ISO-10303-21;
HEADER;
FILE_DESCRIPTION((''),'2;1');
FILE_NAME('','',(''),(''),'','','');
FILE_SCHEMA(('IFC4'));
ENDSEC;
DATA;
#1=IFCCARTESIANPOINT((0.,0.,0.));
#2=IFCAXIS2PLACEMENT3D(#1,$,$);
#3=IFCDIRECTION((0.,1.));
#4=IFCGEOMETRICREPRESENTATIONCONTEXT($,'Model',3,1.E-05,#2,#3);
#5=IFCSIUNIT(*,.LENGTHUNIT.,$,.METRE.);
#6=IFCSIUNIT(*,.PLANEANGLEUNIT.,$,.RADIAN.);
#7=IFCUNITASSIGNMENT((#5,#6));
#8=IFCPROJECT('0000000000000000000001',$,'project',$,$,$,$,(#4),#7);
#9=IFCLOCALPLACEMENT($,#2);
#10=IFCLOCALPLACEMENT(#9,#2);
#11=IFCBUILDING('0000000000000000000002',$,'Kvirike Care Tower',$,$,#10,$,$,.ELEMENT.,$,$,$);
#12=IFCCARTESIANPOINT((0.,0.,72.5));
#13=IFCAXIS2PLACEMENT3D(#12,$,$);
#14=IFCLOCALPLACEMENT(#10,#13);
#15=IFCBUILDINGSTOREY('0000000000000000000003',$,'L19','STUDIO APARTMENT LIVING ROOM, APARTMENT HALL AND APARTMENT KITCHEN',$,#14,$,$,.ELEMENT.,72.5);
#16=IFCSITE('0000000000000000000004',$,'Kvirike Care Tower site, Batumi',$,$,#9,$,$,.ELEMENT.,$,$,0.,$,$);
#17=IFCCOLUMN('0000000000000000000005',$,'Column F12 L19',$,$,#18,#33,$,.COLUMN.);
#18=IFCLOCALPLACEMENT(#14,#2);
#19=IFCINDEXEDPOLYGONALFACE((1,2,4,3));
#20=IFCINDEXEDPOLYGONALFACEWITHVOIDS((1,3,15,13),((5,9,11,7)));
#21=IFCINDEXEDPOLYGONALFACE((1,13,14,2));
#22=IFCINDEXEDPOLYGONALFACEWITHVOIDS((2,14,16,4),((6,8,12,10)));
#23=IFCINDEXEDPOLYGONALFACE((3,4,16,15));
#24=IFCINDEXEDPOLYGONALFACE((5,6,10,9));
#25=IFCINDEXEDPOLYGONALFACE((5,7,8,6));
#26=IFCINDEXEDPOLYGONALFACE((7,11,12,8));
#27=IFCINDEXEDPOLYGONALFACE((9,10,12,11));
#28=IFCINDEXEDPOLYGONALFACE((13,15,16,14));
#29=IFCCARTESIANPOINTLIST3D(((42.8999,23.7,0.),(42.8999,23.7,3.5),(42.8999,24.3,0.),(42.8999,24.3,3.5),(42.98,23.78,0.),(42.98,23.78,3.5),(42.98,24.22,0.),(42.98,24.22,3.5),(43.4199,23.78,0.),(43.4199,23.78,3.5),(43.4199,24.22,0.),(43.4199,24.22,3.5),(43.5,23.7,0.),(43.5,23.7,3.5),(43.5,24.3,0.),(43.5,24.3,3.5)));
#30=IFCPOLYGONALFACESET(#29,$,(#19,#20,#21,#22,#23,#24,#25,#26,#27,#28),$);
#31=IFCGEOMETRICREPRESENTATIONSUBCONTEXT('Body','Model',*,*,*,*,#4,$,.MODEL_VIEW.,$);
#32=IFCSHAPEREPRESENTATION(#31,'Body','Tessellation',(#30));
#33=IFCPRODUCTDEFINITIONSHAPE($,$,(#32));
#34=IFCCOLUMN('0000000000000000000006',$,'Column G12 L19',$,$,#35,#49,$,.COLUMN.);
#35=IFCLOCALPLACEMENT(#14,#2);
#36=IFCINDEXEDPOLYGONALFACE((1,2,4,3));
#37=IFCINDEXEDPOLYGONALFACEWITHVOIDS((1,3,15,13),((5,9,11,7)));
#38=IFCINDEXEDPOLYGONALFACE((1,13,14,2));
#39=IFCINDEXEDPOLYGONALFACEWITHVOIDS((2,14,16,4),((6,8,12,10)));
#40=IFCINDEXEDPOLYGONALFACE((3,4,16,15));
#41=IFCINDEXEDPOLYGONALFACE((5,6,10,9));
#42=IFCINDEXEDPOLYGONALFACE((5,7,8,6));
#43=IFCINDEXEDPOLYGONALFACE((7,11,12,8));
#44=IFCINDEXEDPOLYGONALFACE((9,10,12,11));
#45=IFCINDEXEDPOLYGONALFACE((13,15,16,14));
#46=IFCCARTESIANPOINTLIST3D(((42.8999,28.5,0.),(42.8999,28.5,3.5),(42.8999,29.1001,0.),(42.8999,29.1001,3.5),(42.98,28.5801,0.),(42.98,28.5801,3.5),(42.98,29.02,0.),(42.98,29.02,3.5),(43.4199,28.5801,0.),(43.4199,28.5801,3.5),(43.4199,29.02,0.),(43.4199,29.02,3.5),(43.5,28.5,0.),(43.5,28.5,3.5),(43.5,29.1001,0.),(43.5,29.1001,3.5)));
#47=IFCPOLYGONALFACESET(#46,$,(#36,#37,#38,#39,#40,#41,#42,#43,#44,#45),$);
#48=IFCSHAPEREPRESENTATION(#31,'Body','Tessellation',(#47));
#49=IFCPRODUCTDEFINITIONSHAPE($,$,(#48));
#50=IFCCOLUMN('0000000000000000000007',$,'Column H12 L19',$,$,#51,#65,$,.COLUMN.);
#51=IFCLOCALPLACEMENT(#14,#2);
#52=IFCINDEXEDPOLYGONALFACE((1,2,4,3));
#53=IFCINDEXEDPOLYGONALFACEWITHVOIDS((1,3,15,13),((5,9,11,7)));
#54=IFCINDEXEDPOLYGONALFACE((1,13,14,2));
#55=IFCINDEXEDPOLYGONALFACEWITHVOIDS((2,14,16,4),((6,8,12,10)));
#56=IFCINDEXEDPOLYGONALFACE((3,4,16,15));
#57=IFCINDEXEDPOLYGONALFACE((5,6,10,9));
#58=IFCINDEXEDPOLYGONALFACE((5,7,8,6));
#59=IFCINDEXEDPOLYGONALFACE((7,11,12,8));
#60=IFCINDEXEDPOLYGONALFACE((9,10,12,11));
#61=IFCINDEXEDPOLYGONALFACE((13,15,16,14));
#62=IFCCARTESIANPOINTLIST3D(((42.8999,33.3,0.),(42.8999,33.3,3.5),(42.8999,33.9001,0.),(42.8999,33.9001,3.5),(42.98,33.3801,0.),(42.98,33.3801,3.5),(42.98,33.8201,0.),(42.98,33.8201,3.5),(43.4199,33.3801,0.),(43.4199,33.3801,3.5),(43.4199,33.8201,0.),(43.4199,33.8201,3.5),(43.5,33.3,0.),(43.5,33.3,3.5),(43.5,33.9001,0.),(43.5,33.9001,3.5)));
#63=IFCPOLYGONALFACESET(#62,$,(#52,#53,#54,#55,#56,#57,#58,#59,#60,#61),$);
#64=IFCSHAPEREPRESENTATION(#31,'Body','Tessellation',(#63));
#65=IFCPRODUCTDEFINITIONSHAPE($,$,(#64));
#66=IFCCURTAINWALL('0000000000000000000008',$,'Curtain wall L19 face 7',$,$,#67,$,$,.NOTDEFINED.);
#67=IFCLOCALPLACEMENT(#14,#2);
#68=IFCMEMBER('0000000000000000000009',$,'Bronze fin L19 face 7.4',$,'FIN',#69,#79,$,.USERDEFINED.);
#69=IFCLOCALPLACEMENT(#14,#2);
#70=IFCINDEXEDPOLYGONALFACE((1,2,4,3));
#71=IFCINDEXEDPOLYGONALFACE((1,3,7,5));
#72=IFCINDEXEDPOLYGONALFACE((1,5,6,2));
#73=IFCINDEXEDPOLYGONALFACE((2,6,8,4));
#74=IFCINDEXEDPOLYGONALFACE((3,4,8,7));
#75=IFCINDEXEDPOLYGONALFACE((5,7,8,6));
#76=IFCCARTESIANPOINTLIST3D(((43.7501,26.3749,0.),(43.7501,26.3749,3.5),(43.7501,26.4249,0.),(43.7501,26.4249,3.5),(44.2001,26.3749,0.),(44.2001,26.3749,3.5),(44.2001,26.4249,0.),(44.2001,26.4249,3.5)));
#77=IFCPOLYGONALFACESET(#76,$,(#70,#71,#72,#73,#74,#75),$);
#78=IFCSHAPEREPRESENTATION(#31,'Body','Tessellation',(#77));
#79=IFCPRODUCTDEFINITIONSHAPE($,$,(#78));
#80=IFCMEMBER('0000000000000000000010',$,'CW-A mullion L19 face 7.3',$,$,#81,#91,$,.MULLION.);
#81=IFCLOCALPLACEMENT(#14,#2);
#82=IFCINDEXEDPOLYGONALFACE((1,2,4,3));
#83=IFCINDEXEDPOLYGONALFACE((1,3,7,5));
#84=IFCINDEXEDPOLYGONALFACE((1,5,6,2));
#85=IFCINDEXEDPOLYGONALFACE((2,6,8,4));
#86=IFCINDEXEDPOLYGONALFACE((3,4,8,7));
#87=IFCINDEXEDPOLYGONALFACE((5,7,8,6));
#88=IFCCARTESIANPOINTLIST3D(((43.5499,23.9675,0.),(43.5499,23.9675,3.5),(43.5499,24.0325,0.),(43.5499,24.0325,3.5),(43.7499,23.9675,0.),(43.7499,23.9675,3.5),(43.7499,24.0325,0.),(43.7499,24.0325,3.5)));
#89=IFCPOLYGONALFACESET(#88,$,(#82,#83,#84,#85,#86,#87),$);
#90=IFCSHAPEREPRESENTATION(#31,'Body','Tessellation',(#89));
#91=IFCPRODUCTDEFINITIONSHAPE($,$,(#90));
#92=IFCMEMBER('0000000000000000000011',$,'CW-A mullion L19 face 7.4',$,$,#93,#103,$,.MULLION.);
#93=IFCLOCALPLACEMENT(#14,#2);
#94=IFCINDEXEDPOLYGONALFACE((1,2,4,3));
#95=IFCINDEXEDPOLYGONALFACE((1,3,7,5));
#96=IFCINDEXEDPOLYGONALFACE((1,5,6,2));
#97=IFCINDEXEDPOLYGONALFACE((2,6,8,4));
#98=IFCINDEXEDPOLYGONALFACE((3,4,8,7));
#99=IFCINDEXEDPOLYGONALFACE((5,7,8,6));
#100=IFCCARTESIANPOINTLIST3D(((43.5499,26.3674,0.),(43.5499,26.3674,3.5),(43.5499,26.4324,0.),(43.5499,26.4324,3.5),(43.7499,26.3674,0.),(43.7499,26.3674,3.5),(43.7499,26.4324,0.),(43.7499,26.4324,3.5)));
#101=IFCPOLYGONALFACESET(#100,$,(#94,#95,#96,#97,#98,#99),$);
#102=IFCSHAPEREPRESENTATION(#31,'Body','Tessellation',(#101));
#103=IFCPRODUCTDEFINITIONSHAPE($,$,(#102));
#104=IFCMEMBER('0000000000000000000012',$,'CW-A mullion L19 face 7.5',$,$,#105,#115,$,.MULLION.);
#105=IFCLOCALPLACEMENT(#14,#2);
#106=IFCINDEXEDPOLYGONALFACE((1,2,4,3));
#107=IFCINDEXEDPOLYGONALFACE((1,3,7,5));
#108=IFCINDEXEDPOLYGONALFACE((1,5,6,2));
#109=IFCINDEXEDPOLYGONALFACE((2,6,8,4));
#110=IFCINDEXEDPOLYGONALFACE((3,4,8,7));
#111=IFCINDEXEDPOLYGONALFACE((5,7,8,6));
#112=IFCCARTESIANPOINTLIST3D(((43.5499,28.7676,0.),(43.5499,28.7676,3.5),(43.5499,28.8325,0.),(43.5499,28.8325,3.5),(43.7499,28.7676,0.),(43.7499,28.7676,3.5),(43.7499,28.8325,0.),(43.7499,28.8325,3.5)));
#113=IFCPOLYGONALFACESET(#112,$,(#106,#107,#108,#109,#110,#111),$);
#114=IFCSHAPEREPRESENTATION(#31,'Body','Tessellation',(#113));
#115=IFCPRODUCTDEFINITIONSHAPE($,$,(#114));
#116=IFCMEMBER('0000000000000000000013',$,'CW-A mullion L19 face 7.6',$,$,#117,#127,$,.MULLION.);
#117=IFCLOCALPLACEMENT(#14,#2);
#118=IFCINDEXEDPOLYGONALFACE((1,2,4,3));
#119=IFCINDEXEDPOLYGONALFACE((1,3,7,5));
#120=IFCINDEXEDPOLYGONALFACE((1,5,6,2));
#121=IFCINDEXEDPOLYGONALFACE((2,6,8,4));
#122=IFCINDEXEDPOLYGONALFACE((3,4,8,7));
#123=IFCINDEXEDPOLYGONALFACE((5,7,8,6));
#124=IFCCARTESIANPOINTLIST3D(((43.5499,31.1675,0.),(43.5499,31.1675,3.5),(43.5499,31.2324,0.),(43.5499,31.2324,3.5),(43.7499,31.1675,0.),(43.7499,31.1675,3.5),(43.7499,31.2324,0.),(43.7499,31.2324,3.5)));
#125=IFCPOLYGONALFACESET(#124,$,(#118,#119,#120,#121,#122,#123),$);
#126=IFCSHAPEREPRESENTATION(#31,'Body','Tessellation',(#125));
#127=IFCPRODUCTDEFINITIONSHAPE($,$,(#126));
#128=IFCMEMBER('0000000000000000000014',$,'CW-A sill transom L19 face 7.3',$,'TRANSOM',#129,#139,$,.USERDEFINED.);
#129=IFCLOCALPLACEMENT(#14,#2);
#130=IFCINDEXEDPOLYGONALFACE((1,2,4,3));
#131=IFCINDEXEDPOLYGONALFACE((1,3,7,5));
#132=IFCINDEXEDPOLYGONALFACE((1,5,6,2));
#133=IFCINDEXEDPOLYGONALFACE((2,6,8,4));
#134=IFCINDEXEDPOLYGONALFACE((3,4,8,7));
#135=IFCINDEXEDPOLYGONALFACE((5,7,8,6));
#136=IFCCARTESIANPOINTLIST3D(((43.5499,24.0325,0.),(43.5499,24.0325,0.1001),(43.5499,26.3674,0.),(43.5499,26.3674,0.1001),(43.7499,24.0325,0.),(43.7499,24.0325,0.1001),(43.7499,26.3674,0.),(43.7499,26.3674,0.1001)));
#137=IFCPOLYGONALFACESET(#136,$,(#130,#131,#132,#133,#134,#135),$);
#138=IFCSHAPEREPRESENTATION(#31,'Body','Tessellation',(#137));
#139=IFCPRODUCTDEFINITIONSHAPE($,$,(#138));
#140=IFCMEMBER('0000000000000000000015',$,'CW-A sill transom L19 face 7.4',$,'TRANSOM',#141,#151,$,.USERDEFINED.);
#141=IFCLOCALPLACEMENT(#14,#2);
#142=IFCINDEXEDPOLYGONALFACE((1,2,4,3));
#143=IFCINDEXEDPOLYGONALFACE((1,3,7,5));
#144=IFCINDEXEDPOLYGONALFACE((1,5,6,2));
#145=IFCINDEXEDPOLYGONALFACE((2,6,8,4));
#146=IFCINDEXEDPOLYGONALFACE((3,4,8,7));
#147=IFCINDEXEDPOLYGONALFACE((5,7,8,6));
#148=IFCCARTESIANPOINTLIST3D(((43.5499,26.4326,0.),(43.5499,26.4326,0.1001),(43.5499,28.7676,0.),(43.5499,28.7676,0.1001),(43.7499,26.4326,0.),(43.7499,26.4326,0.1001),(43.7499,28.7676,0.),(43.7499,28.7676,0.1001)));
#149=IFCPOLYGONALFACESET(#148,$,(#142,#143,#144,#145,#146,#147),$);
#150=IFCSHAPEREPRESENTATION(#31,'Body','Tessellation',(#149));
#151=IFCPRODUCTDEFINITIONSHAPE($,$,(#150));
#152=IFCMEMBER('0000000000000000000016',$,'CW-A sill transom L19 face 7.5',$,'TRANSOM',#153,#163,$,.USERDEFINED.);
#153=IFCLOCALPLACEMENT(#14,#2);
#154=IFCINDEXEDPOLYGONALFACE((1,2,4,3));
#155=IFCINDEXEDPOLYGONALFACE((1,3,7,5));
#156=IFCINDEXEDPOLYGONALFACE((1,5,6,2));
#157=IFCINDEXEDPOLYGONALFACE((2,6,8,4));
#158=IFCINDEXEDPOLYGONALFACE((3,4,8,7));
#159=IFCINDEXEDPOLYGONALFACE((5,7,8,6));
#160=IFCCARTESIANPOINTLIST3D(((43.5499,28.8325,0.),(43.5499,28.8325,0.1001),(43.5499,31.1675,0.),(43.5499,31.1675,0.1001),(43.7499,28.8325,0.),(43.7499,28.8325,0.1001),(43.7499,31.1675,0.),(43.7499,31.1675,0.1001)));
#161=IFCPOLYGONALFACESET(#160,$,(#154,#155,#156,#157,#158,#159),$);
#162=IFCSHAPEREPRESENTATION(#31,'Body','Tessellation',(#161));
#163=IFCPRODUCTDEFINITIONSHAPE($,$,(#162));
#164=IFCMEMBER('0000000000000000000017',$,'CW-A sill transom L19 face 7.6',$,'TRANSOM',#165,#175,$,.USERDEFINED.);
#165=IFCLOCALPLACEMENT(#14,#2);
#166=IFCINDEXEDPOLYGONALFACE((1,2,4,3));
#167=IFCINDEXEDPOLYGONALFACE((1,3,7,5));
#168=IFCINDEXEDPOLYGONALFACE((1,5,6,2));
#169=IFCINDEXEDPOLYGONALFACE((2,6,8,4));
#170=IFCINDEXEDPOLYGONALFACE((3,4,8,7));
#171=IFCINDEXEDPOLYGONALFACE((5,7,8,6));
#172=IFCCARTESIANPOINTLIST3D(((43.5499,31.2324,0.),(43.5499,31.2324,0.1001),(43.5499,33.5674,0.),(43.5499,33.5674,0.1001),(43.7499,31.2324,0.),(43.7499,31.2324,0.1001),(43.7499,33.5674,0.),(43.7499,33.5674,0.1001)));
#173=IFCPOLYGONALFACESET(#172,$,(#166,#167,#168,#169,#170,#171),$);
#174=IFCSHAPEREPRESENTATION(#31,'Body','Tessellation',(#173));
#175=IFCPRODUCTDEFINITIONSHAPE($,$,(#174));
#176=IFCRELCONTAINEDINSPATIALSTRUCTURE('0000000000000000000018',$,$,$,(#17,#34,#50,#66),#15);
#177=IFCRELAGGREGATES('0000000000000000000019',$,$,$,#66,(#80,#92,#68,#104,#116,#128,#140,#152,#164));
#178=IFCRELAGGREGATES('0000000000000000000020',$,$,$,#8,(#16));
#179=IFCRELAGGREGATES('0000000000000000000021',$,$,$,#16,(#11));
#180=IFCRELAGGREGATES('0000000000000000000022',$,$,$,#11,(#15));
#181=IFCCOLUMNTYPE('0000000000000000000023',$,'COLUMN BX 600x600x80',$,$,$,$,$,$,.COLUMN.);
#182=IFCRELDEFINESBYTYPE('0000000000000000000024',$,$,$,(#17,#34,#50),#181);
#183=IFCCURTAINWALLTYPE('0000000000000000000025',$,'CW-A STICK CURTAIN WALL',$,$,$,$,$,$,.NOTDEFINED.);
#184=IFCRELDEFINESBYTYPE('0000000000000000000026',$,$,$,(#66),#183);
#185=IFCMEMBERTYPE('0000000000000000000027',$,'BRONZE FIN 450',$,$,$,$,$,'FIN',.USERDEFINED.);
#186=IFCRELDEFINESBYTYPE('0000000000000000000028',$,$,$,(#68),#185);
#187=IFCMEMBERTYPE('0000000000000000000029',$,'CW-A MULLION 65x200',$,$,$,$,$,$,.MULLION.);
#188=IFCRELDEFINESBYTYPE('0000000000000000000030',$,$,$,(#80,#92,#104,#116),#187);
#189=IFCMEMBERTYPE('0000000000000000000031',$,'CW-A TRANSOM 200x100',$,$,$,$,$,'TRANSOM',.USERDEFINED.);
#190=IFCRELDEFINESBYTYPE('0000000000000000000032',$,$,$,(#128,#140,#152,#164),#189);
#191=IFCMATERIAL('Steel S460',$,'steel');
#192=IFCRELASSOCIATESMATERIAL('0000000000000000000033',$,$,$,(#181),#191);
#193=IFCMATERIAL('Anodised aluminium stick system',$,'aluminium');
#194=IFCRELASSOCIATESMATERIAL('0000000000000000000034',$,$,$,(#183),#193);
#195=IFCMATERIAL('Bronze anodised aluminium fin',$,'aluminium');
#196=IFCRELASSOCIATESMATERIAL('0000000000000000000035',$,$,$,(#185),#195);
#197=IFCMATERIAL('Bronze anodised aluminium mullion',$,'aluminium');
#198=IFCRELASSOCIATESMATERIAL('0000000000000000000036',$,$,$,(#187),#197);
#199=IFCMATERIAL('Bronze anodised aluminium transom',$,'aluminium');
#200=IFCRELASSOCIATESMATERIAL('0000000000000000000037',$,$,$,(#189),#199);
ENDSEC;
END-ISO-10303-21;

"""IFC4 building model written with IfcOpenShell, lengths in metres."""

from ifc_helpers import new_model, si_unit, direction, frame, origin, origin_2d, place, context, subcontext, project, spatial, rectangle, hollow_rectangle, extrude, material, material_profile, profile_set, type_object, element, aggregate, save


model = new_model("IFC4")

# Units and contexts
model_context = context("Model", 3, precision=1e-05, world=origin(), true_north=direction((0.0, 1.0)))
body_context = subcontext(model_context, "Body", "Model", "MODEL_VIEW")
ifc_project = project(units=[si_unit("LENGTHUNIT", "METRE"), si_unit("PLANEANGLEUNIT", "RADIAN")], contexts=[model_context])

# Site, building, storey
site_placement = place(None, origin())
site = spatial("IfcSite", under=ifc_project, at=site_placement, Name="Kvirike Care Tower site, Batumi", CompositionType="ELEMENT", RefElevation=0.0)
building_placement = place(site_placement, origin())
building = spatial("IfcBuilding", under=site, at=building_placement, Name="Kvirike Care Tower", CompositionType="ELEMENT")
storey_placement = place(building_placement, frame((0.0, 0.0, 72.5)))
storey = spatial("IfcBuildingStorey", under=building, at=storey_placement, Name="L19", Description="STUDIO APARTMENT LIVING ROOM, APARTMENT HALL AND APARTMENT KITCHEN", CompositionType="ELEMENT", Elevation=72.5)

# Columns
ifc_material_1 = material(Name="Steel S460", Category="steel")
ifc_material_profile_1 = material_profile(ifc_material_1, hollow_rectangle(XDim=0.6001, YDim=0.6001, WallThickness=0.0801, at=origin_2d()), Name="BX 600x600x80")
ifc_profile_set_1 = profile_set([ifc_material_profile_1], Name="Steel S460")
column_type = type_object("IfcColumnType", Name="COLUMN BX 600x600x80", PredefinedType="COLUMN", material=ifc_profile_set_1)
for number, where, z_axis, x_axis, name in (
    (1, (43.2, 24.0, 0.0), (0.0, 0.0, 1.0), (1.0, 0.0, 0.0), "Column F12 L19"),
    (2, (43.2, 28.8, 0.0), (0.0, 0.0, 1.0), (0.0, 1.0, 0.0), "Column G12 L19"),
    (3, (43.2, 33.6001, 0.0), (0.0, 0.0, 1.0), (1.0, 0.0, 0.0), "Column H12 L19"),
):
    element("IfcColumn", number, at=place(storey_placement, frame(where, z_axis=z_axis, x_axis=x_axis)), inside=storey, type_object=column_type, Name=name, PredefinedType="COLUMN", context=body_context, shape_type="SweptSolid", body=[
        extrude(hollow_rectangle(XDim=0.6001, YDim=0.6001, WallThickness=0.0801, at=origin_2d()), origin(), (0.0, 0.0, 1.0), 3.5),
    ])

# Curtain wall, members
ifc_material_2 = material(Name="Anodised aluminium stick system", Category="aluminium")
curtain_wall_type = type_object("IfcCurtainWallType", Name="CW-A STICK CURTAIN WALL", PredefinedType="NOTDEFINED", material=ifc_material_2)
curtain_wall_placement = place(storey_placement, origin())
curtain_wall = element("IfcCurtainWall", 4, at=curtain_wall_placement, inside=storey, type_object=curtain_wall_type, Name="Curtain wall L19 face 7", PredefinedType="NOTDEFINED")
ifc_material_3 = material(Name="Bronze anodised aluminium fin", Category="aluminium")
ifc_material_profile_2 = material_profile(ifc_material_3, rectangle(XDim=0.05, YDim=0.45, at=origin_2d()), Name="BRONZE FIN 450")
ifc_profile_set_2 = profile_set([ifc_material_profile_2], Name="Bronze anodised aluminium fin")
member_type_1 = type_object("IfcMemberType", Name="BRONZE FIN 450", ElementType="FIN", PredefinedType="USERDEFINED", material=ifc_profile_set_2)
member_1_placement = place(storey_placement, frame((43.9751, 26.3999, 0.0), z_axis=(0.0, 0.0, 1.0), x_axis=(0.0, 1.0, 0.0)))
member_1 = element("IfcMember", 5, at=member_1_placement, type_object=member_type_1, Name="Bronze fin L19 face 7.4", ObjectType="FIN", PredefinedType="USERDEFINED", context=body_context, shape_type="SweptSolid", body=[
    extrude(rectangle(XDim=0.05, YDim=0.45, at=origin_2d()), origin(), (0.0, 0.0, 1.0), 3.5),
])
ifc_material_4 = material(Name="Bronze anodised aluminium mullion", Category="aluminium")
ifc_material_profile_3 = material_profile(ifc_material_4, rectangle(XDim=0.0649, YDim=0.2, at=origin_2d()), Name="CW-A MULLION 65x200")
ifc_profile_set_3 = profile_set([ifc_material_profile_3], Name="Bronze anodised aluminium mullion")
member_type_2 = type_object("IfcMemberType", Name="CW-A MULLION 65x200", PredefinedType="MULLION", material=ifc_profile_set_3)
member_2_placement = place(storey_placement, frame((43.6499, 24.0, 0.0), z_axis=(0.0, 0.0, 1.0), x_axis=(0.0, 1.0, 0.0)))
member_2 = element("IfcMember", 6, at=member_2_placement, type_object=member_type_2, Name="CW-A mullion L19 face 7.3", PredefinedType="MULLION", context=body_context, shape_type="SweptSolid", body=[
    extrude(rectangle(XDim=0.0649, YDim=0.2, at=origin_2d()), origin(), (0.0, 0.0, 1.0), 3.5),
])
member_3_placement = place(storey_placement, frame((43.6499, 26.3999, 0.0), z_axis=(0.0, 0.0, 1.0), x_axis=(0.0, 1.0, 0.0)))
member_3 = element("IfcMember", 7, at=member_3_placement, type_object=member_type_2, Name="CW-A mullion L19 face 7.4", PredefinedType="MULLION", context=body_context, shape_type="SweptSolid", body=[
    extrude(rectangle(XDim=0.0649, YDim=0.2, at=origin_2d()), origin(), (0.0, 0.0, 1.0), 3.5),
])
member_4_placement = place(storey_placement, frame((43.6499, 28.8, 0.0), z_axis=(0.0, 0.0, 1.0), x_axis=(0.0, 1.0, 0.0)))
member_4 = element("IfcMember", 8, at=member_4_placement, type_object=member_type_2, Name="CW-A mullion L19 face 7.5", PredefinedType="MULLION", context=body_context, shape_type="SweptSolid", body=[
    extrude(rectangle(XDim=0.0649, YDim=0.2, at=origin_2d()), origin(), (0.0, 0.0, 1.0), 3.5),
])
member_5_placement = place(storey_placement, frame((43.6499, 31.2, 0.0), z_axis=(0.0, 0.0, 1.0), x_axis=(0.0, 1.0, 0.0)))
member_5 = element("IfcMember", 9, at=member_5_placement, type_object=member_type_2, Name="CW-A mullion L19 face 7.6", PredefinedType="MULLION", context=body_context, shape_type="SweptSolid", body=[
    extrude(rectangle(XDim=0.0649, YDim=0.2, at=origin_2d()), origin(), (0.0, 0.0, 1.0), 3.5),
])
ifc_material_5 = material(Name="Bronze anodised aluminium transom", Category="aluminium")
ifc_material_profile_4 = material_profile(ifc_material_5, rectangle(XDim=0.2, YDim=0.1001, at=origin_2d()), Name="CW-A TRANSOM 200x100")
ifc_profile_set_4 = profile_set([ifc_material_profile_4], Name="Bronze anodised aluminium transom")
member_type_3 = type_object("IfcMemberType", Name="CW-A TRANSOM 200x100", ElementType="TRANSOM", PredefinedType="USERDEFINED", material=ifc_profile_set_4)
member_6_placement = place(storey_placement, frame((43.6499, 24.0325, 0.05), z_axis=(0.0, 1.0, 0.0), x_axis=(-1.0, 0.0, 0.0)))
member_6 = element("IfcMember", 10, at=member_6_placement, type_object=member_type_3, Name="CW-A sill transom L19 face 7.3", ObjectType="TRANSOM", PredefinedType="USERDEFINED", context=body_context, shape_type="SweptSolid", body=[
    extrude(rectangle(XDim=0.2, YDim=0.1001, at=origin_2d()), origin(), (0.0, 0.0, 1.0), 2.335),
])
member_7_placement = place(storey_placement, frame((43.6499, 26.4326, 0.05), z_axis=(0.0, 1.0, 0.0), x_axis=(-1.0, 0.0, 0.0)))
member_7 = element("IfcMember", 11, at=member_7_placement, type_object=member_type_3, Name="CW-A sill transom L19 face 7.4", ObjectType="TRANSOM", PredefinedType="USERDEFINED", context=body_context, shape_type="SweptSolid", body=[
    extrude(rectangle(XDim=0.2, YDim=0.1001, at=origin_2d()), origin(), (0.0, 0.0, 1.0), 2.335),
])
member_8_placement = place(storey_placement, frame((43.6499, 28.8325, 0.05), z_axis=(0.0, 1.0, 0.0), x_axis=(-1.0, 0.0, 0.0)))
member_8 = element("IfcMember", 12, at=member_8_placement, type_object=member_type_3, Name="CW-A sill transom L19 face 7.5", ObjectType="TRANSOM", PredefinedType="USERDEFINED", context=body_context, shape_type="SweptSolid", body=[
    extrude(rectangle(XDim=0.2, YDim=0.1001, at=origin_2d()), origin(), (0.0, 0.0, 1.0), 2.335),
])
member_9_placement = place(storey_placement, frame((43.6499, 31.2324, 0.05), z_axis=(0.0, 1.0, 0.0), x_axis=(-1.0, 0.0, 0.0)))
member_9 = element("IfcMember", 13, at=member_9_placement, type_object=member_type_3, Name="CW-A sill transom L19 face 7.6", ObjectType="TRANSOM", PredefinedType="USERDEFINED", context=body_context, shape_type="SweptSolid", body=[
    extrude(rectangle(XDim=0.2, YDim=0.1001, at=origin_2d()), origin(), (0.0, 0.0, 1.0), 2.335),
])

aggregate(curtain_wall, [member_2, member_3, member_1, member_4, member_5, member_6, member_7, member_8, member_9])

save(model, "model.ifc")
